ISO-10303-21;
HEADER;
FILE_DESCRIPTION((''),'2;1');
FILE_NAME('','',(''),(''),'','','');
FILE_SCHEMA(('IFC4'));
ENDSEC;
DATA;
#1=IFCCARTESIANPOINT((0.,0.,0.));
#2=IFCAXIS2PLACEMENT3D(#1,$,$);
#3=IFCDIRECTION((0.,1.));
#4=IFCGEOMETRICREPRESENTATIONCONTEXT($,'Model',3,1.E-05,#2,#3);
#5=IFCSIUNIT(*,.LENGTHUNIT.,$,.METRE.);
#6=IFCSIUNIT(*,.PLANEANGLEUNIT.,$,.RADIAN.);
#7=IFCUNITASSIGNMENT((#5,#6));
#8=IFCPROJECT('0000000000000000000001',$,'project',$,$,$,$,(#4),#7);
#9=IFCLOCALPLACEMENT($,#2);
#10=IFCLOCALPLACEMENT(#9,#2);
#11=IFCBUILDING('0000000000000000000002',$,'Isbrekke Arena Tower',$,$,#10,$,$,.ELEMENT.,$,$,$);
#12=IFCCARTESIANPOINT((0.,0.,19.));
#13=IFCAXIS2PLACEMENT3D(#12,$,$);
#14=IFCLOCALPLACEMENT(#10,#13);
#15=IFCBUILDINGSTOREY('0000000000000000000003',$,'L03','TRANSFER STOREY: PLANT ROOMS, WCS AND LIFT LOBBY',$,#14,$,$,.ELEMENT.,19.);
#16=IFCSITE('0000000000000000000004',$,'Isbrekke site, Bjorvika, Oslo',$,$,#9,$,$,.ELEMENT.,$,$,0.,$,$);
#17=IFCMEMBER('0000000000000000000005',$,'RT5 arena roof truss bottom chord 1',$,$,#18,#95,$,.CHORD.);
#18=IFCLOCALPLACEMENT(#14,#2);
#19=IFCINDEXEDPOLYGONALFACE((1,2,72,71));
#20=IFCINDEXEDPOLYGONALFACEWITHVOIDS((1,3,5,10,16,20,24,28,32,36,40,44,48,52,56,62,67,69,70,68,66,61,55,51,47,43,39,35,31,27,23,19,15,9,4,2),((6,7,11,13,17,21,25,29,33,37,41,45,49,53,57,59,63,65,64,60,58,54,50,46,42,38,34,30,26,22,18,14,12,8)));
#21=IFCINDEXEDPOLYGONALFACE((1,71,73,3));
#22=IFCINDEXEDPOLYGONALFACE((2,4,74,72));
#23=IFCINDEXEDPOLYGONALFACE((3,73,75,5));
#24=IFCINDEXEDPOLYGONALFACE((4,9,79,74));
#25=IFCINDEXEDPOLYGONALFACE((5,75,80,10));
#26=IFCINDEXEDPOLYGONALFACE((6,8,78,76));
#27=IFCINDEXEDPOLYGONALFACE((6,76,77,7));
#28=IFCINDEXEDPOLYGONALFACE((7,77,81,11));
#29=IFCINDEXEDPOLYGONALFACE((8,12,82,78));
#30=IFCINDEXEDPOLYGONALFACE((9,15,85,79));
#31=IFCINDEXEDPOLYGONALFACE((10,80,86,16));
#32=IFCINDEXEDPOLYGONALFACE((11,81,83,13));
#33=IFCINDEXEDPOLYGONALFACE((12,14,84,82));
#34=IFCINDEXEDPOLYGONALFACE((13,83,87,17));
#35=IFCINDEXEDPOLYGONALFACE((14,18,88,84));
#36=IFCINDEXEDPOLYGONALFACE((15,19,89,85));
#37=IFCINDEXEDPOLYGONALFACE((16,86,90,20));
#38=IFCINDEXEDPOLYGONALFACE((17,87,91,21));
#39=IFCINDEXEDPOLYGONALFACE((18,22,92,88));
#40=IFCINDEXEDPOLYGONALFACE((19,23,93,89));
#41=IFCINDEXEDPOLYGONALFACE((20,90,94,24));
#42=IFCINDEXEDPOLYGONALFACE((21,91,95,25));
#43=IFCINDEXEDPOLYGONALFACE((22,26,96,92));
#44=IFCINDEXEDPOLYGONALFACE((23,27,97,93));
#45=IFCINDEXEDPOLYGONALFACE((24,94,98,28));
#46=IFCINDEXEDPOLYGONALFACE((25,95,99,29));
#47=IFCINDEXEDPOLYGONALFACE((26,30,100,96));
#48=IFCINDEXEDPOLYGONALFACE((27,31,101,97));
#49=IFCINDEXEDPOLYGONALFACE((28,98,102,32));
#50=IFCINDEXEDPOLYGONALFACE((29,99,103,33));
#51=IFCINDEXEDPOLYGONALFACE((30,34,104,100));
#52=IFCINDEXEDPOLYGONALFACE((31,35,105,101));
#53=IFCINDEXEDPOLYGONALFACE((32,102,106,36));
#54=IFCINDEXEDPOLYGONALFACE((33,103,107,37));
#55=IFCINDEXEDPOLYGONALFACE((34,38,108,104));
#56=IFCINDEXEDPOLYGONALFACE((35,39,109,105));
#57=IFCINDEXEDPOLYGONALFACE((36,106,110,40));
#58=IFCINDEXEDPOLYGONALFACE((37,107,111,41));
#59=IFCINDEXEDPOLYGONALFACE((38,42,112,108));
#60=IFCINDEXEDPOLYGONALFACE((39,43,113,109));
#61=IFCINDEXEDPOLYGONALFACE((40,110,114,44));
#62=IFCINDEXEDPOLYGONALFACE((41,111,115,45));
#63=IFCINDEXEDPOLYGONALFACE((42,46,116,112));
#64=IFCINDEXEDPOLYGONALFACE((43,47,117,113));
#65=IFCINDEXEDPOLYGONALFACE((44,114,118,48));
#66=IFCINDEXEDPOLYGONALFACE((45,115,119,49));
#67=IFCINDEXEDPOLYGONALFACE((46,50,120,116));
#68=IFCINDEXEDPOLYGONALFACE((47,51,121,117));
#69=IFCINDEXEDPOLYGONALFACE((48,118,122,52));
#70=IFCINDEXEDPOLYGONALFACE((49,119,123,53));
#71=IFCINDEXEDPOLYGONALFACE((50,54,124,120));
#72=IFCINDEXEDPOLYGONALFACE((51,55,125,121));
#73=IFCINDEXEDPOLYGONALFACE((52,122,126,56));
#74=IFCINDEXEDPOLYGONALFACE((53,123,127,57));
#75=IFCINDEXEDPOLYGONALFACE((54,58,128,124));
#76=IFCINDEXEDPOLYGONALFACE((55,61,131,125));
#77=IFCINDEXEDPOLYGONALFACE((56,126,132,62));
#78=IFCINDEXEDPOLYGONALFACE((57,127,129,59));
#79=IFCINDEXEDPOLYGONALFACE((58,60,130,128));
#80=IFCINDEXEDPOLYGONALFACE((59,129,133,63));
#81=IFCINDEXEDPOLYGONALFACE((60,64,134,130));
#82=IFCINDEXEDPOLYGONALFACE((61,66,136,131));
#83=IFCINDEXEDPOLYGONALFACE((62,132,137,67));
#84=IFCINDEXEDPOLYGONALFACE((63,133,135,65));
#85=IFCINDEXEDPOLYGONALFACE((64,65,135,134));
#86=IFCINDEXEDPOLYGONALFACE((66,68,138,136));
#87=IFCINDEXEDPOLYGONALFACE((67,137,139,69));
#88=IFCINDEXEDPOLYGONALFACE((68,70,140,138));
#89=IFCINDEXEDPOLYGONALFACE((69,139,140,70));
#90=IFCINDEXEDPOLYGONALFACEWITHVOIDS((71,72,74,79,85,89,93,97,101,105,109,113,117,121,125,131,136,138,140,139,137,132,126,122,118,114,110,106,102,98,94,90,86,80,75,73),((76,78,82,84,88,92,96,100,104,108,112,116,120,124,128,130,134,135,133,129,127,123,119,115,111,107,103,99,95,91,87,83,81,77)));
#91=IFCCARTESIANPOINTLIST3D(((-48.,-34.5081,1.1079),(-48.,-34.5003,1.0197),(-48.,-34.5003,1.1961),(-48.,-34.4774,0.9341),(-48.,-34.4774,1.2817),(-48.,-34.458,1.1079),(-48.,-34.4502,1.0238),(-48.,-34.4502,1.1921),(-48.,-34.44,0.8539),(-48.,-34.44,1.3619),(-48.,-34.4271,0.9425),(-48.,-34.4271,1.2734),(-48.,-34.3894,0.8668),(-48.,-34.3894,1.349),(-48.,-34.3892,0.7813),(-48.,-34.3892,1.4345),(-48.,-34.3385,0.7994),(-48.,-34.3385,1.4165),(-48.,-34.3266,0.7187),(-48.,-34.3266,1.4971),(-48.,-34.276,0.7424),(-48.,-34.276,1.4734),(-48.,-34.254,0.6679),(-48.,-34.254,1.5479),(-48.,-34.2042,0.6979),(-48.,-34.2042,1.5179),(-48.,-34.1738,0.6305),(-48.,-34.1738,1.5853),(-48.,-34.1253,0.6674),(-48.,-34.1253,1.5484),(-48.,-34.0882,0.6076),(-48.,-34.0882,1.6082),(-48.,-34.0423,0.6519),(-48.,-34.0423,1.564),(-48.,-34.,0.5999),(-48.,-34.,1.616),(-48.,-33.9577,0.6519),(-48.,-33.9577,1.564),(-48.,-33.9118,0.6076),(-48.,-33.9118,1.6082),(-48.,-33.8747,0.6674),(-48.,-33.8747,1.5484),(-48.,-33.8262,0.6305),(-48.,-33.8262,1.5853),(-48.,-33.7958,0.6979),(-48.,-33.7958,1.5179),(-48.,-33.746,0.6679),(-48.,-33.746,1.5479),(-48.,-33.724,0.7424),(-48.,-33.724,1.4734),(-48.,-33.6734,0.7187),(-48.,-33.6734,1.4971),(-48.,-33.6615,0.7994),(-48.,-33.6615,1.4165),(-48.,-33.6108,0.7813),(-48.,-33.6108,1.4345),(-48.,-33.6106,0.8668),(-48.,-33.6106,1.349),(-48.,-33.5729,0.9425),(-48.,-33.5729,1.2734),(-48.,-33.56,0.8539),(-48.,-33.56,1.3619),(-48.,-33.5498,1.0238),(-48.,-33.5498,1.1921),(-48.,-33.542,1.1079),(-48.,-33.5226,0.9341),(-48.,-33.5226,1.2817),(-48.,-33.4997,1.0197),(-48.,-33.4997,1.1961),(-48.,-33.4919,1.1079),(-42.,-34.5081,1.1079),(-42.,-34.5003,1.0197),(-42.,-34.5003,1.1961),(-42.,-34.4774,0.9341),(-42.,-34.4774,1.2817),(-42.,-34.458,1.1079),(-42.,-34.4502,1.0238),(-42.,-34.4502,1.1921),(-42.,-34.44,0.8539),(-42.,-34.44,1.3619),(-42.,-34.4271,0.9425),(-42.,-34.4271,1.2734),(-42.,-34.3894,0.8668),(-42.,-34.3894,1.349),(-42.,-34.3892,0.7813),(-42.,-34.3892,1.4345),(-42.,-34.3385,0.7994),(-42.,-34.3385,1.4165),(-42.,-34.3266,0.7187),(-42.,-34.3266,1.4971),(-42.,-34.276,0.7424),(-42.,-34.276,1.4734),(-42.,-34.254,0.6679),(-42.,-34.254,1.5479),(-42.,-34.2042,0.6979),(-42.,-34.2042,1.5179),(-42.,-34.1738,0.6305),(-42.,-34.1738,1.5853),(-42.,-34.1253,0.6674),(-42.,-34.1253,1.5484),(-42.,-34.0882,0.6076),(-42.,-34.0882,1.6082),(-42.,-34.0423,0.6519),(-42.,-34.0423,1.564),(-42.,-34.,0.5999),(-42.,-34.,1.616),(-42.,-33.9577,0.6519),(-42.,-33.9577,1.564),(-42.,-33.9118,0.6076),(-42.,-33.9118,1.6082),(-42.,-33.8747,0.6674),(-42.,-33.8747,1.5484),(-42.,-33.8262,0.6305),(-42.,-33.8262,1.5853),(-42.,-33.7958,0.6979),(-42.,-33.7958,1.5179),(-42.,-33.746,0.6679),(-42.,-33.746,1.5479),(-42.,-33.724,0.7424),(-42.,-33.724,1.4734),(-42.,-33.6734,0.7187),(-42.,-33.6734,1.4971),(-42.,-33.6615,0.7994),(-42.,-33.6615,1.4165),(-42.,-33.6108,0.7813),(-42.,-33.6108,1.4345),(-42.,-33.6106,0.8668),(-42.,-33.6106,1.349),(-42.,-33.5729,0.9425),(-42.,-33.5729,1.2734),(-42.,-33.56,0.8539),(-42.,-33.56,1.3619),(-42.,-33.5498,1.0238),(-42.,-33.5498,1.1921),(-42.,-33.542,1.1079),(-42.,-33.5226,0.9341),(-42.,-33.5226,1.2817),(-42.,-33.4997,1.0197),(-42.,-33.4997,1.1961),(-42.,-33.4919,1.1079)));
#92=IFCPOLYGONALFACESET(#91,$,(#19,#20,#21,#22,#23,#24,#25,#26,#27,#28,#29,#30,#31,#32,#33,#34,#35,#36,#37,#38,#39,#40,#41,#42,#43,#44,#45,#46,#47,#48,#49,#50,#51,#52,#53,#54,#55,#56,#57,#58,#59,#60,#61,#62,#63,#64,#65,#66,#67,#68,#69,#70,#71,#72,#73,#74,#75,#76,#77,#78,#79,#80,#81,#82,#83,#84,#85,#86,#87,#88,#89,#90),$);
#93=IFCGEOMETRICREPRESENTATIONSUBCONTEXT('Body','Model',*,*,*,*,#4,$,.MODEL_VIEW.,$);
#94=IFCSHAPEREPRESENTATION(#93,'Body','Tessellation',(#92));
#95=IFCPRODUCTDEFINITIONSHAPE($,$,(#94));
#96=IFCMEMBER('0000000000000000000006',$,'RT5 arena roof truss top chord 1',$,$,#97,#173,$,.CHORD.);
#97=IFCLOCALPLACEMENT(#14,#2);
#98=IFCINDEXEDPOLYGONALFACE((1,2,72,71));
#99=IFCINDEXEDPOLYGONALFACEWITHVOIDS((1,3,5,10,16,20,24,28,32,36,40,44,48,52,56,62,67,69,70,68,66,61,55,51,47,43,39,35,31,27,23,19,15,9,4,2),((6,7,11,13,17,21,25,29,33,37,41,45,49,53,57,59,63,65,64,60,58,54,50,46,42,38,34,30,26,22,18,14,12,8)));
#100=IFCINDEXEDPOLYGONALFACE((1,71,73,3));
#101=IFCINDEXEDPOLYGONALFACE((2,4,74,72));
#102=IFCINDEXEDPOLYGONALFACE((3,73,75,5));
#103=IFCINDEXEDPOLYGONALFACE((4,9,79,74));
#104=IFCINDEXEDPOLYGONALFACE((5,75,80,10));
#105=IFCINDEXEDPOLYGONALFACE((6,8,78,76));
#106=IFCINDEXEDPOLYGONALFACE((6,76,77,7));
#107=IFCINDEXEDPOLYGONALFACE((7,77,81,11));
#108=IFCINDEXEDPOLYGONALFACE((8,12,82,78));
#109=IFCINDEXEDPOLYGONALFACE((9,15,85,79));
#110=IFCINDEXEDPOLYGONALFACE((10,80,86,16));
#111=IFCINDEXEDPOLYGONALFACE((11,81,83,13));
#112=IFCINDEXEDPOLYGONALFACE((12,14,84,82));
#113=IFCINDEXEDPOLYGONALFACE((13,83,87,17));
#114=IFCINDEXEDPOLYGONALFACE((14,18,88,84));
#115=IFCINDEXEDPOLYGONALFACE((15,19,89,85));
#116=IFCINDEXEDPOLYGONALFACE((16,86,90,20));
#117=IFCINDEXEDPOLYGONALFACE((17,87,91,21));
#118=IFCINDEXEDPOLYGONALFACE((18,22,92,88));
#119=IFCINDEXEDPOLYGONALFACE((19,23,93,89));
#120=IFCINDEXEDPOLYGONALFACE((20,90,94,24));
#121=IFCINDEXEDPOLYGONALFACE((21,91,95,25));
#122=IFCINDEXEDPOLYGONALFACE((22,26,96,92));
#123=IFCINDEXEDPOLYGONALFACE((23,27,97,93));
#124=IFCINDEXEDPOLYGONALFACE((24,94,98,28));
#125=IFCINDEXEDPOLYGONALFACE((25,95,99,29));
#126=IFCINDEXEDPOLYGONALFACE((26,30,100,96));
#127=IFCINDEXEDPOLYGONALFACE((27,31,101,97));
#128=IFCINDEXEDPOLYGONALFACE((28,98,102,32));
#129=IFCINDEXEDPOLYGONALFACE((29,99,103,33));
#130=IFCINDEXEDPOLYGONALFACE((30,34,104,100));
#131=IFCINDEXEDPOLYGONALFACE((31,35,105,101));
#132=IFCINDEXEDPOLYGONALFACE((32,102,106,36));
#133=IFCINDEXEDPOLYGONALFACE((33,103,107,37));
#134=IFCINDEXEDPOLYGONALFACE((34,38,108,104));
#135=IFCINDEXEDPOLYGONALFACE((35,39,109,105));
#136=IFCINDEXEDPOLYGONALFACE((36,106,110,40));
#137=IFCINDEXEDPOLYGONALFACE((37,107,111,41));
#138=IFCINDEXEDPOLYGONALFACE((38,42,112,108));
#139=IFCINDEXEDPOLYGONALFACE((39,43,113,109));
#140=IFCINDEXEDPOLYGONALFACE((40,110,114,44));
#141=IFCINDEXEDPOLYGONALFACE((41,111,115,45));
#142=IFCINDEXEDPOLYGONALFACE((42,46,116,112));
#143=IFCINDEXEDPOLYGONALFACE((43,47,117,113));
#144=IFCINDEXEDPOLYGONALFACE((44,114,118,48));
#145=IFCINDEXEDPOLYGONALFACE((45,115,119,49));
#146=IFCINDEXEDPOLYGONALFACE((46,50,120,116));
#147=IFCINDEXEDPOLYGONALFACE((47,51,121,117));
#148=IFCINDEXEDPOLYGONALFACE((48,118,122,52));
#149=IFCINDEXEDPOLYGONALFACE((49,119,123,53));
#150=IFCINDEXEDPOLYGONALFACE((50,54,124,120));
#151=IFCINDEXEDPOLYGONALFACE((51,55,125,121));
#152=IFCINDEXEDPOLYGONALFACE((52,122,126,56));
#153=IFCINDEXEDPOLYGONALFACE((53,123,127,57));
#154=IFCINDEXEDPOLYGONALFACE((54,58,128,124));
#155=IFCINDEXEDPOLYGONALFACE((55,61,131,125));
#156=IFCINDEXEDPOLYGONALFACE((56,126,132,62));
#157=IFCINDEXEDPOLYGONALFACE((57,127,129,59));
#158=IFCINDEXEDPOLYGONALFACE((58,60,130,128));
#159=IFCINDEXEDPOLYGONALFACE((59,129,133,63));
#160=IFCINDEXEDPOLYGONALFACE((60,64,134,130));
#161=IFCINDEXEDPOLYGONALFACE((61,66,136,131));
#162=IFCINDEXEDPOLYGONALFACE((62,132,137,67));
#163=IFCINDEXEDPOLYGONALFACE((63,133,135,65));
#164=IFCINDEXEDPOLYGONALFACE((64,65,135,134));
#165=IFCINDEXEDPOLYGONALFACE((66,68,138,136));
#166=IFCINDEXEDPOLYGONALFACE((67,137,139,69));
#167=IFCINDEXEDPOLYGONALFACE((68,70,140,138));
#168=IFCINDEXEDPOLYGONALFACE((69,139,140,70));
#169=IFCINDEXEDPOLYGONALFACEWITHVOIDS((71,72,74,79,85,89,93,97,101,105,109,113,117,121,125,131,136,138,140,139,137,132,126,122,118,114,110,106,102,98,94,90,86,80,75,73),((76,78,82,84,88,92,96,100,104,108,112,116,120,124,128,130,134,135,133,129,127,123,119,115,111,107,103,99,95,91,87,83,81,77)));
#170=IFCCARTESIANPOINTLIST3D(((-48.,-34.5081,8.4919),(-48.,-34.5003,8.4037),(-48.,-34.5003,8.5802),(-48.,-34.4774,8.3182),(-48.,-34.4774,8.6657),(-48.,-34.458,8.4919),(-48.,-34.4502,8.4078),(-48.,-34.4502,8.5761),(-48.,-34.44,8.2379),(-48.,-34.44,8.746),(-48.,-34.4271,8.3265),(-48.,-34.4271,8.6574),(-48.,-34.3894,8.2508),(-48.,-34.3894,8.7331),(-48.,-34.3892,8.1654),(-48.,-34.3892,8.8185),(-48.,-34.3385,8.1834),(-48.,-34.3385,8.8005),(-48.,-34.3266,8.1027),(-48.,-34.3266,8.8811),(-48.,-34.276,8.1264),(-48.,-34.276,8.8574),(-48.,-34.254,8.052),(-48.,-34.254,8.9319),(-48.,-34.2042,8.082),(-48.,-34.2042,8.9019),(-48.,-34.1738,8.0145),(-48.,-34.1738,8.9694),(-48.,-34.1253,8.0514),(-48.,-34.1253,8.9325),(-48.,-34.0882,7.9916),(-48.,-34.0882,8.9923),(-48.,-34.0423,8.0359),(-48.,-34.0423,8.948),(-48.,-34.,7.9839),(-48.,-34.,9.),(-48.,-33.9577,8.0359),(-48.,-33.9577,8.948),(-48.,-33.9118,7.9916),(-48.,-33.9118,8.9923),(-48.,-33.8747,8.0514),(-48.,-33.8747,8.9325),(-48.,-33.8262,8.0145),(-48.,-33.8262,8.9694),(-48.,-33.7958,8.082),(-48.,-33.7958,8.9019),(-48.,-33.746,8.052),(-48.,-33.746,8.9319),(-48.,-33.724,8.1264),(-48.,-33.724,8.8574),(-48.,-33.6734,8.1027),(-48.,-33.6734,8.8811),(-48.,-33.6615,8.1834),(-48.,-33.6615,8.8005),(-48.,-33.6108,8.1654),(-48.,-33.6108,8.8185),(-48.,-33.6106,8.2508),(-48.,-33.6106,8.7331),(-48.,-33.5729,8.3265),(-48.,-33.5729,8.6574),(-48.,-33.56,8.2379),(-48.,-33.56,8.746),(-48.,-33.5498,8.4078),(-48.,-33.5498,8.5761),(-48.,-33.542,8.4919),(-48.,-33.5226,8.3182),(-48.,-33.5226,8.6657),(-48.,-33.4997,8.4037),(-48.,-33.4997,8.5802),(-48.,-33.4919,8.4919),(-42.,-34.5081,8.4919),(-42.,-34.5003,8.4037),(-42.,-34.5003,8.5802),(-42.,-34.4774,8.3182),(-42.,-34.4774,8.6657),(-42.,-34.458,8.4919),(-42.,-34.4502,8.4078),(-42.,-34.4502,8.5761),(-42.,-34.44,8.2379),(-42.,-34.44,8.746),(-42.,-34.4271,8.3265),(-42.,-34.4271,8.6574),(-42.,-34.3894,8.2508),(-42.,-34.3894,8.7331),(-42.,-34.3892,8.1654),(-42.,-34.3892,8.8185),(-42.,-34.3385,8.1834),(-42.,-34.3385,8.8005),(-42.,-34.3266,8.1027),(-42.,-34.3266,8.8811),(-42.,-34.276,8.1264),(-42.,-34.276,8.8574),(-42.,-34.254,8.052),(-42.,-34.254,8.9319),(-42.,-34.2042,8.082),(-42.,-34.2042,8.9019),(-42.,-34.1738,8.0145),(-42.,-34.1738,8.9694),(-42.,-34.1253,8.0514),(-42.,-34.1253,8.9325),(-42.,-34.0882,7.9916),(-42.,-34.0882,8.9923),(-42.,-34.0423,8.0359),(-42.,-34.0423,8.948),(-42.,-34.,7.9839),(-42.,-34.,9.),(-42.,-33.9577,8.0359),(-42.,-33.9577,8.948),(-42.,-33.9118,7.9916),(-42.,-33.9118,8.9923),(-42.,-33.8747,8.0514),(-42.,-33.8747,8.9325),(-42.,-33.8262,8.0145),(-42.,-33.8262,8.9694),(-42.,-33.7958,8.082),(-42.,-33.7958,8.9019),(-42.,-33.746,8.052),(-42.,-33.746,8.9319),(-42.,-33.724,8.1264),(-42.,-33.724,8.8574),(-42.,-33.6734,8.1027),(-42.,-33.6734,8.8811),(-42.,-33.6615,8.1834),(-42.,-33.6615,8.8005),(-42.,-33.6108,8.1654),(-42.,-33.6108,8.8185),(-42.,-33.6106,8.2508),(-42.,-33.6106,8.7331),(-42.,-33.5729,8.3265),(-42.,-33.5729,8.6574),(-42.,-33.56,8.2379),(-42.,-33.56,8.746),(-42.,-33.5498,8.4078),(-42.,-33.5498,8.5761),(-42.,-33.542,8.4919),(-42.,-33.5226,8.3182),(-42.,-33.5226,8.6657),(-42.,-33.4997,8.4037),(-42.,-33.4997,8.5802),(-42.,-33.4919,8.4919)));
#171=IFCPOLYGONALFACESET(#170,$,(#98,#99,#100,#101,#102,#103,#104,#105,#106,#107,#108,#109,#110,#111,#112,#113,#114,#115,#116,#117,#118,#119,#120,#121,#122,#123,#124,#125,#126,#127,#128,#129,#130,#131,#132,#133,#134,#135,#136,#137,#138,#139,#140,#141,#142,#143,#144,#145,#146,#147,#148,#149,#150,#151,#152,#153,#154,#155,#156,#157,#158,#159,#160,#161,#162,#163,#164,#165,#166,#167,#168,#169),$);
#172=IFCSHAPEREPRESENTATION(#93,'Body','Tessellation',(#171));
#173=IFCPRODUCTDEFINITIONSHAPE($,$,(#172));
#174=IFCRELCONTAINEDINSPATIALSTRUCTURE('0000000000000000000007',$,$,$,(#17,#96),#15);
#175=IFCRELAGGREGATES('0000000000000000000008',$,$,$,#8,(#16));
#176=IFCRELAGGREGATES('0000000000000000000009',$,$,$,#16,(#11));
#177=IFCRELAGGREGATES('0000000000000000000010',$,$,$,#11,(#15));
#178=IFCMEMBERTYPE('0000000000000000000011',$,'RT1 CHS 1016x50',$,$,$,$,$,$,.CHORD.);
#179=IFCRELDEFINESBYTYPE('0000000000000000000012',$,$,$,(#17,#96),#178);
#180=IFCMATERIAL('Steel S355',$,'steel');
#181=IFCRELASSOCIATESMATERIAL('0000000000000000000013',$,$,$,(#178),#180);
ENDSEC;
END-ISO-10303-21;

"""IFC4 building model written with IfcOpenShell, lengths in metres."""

from ifc_helpers import new_model, si_unit, direction, frame, origin, origin_2d, place, context, subcontext, project, spatial, hollow_circle, extrude, material, material_profile, profile_set, type_object, element, save


model = new_model("IFC4")

# Units and contexts
model_context = context("Model", 3, precision=1e-05, world=origin(), true_north=direction((0.0, 1.0)))
body_context = subcontext(model_context, "Body", "Model", "MODEL_VIEW")
ifc_project = project(units=[si_unit("LENGTHUNIT", "METRE"), si_unit("PLANEANGLEUNIT", "RADIAN")], contexts=[model_context])

# Site, building, storey
site_placement = place(None, origin())
site = spatial("IfcSite", under=ifc_project, at=site_placement, Name="Isbrekke site, Bjorvika, Oslo", CompositionType="ELEMENT", RefElevation=0.0)
building_placement = place(site_placement, origin())
building = spatial("IfcBuilding", under=site, at=building_placement, Name="Isbrekke Arena Tower", CompositionType="ELEMENT")
storey_placement = place(building_placement, frame((0.0, 0.0, 19.0)))
storey = spatial("IfcBuildingStorey", under=building, at=storey_placement, Name="L03", Description="TRANSFER STOREY: PLANT ROOMS, WCS AND LIFT LOBBY", CompositionType="ELEMENT", Elevation=19.0)

# Members
ifc_material_1 = material(Name="Steel S355", Category="steel")
ifc_material_profile_1 = material_profile(ifc_material_1, hollow_circle(Radius=0.5081, WallThickness=0.05, at=origin_2d()), Name="CHS 1016x50")
ifc_profile_set_1 = profile_set([ifc_material_profile_1], Name="Steel S355")
member_type_1 = type_object("IfcMemberType", Name="RT1 CHS 1016x50", PredefinedType="CHORD", material=ifc_profile_set_1)
for number, where, z_axis, x_axis, name in (
    (1, (-48.0, -34.0, 1.1079), (1.0, 0.0, 0.0), (0.0, 1.0, 0.0), "RT5 arena roof truss bottom chord 1"),
    (2, (-48.0, -34.0, 8.4919), (1.0, 0.0, 0.0), (0.0, 1.0, 0.0), "RT5 arena roof truss top chord 1"),
):
    element("IfcMember", number, at=place(storey_placement, frame(where, z_axis=z_axis, x_axis=x_axis)), inside=storey, type_object=member_type_1, Name=name, PredefinedType="CHORD", context=body_context, shape_type="SweptSolid", body=[
        extrude(hollow_circle(Radius=0.5081, WallThickness=0.05, at=origin_2d()), origin(), (0.0, 0.0, 1.0), 6.0),
    ])

save(model, "model.ifc")
